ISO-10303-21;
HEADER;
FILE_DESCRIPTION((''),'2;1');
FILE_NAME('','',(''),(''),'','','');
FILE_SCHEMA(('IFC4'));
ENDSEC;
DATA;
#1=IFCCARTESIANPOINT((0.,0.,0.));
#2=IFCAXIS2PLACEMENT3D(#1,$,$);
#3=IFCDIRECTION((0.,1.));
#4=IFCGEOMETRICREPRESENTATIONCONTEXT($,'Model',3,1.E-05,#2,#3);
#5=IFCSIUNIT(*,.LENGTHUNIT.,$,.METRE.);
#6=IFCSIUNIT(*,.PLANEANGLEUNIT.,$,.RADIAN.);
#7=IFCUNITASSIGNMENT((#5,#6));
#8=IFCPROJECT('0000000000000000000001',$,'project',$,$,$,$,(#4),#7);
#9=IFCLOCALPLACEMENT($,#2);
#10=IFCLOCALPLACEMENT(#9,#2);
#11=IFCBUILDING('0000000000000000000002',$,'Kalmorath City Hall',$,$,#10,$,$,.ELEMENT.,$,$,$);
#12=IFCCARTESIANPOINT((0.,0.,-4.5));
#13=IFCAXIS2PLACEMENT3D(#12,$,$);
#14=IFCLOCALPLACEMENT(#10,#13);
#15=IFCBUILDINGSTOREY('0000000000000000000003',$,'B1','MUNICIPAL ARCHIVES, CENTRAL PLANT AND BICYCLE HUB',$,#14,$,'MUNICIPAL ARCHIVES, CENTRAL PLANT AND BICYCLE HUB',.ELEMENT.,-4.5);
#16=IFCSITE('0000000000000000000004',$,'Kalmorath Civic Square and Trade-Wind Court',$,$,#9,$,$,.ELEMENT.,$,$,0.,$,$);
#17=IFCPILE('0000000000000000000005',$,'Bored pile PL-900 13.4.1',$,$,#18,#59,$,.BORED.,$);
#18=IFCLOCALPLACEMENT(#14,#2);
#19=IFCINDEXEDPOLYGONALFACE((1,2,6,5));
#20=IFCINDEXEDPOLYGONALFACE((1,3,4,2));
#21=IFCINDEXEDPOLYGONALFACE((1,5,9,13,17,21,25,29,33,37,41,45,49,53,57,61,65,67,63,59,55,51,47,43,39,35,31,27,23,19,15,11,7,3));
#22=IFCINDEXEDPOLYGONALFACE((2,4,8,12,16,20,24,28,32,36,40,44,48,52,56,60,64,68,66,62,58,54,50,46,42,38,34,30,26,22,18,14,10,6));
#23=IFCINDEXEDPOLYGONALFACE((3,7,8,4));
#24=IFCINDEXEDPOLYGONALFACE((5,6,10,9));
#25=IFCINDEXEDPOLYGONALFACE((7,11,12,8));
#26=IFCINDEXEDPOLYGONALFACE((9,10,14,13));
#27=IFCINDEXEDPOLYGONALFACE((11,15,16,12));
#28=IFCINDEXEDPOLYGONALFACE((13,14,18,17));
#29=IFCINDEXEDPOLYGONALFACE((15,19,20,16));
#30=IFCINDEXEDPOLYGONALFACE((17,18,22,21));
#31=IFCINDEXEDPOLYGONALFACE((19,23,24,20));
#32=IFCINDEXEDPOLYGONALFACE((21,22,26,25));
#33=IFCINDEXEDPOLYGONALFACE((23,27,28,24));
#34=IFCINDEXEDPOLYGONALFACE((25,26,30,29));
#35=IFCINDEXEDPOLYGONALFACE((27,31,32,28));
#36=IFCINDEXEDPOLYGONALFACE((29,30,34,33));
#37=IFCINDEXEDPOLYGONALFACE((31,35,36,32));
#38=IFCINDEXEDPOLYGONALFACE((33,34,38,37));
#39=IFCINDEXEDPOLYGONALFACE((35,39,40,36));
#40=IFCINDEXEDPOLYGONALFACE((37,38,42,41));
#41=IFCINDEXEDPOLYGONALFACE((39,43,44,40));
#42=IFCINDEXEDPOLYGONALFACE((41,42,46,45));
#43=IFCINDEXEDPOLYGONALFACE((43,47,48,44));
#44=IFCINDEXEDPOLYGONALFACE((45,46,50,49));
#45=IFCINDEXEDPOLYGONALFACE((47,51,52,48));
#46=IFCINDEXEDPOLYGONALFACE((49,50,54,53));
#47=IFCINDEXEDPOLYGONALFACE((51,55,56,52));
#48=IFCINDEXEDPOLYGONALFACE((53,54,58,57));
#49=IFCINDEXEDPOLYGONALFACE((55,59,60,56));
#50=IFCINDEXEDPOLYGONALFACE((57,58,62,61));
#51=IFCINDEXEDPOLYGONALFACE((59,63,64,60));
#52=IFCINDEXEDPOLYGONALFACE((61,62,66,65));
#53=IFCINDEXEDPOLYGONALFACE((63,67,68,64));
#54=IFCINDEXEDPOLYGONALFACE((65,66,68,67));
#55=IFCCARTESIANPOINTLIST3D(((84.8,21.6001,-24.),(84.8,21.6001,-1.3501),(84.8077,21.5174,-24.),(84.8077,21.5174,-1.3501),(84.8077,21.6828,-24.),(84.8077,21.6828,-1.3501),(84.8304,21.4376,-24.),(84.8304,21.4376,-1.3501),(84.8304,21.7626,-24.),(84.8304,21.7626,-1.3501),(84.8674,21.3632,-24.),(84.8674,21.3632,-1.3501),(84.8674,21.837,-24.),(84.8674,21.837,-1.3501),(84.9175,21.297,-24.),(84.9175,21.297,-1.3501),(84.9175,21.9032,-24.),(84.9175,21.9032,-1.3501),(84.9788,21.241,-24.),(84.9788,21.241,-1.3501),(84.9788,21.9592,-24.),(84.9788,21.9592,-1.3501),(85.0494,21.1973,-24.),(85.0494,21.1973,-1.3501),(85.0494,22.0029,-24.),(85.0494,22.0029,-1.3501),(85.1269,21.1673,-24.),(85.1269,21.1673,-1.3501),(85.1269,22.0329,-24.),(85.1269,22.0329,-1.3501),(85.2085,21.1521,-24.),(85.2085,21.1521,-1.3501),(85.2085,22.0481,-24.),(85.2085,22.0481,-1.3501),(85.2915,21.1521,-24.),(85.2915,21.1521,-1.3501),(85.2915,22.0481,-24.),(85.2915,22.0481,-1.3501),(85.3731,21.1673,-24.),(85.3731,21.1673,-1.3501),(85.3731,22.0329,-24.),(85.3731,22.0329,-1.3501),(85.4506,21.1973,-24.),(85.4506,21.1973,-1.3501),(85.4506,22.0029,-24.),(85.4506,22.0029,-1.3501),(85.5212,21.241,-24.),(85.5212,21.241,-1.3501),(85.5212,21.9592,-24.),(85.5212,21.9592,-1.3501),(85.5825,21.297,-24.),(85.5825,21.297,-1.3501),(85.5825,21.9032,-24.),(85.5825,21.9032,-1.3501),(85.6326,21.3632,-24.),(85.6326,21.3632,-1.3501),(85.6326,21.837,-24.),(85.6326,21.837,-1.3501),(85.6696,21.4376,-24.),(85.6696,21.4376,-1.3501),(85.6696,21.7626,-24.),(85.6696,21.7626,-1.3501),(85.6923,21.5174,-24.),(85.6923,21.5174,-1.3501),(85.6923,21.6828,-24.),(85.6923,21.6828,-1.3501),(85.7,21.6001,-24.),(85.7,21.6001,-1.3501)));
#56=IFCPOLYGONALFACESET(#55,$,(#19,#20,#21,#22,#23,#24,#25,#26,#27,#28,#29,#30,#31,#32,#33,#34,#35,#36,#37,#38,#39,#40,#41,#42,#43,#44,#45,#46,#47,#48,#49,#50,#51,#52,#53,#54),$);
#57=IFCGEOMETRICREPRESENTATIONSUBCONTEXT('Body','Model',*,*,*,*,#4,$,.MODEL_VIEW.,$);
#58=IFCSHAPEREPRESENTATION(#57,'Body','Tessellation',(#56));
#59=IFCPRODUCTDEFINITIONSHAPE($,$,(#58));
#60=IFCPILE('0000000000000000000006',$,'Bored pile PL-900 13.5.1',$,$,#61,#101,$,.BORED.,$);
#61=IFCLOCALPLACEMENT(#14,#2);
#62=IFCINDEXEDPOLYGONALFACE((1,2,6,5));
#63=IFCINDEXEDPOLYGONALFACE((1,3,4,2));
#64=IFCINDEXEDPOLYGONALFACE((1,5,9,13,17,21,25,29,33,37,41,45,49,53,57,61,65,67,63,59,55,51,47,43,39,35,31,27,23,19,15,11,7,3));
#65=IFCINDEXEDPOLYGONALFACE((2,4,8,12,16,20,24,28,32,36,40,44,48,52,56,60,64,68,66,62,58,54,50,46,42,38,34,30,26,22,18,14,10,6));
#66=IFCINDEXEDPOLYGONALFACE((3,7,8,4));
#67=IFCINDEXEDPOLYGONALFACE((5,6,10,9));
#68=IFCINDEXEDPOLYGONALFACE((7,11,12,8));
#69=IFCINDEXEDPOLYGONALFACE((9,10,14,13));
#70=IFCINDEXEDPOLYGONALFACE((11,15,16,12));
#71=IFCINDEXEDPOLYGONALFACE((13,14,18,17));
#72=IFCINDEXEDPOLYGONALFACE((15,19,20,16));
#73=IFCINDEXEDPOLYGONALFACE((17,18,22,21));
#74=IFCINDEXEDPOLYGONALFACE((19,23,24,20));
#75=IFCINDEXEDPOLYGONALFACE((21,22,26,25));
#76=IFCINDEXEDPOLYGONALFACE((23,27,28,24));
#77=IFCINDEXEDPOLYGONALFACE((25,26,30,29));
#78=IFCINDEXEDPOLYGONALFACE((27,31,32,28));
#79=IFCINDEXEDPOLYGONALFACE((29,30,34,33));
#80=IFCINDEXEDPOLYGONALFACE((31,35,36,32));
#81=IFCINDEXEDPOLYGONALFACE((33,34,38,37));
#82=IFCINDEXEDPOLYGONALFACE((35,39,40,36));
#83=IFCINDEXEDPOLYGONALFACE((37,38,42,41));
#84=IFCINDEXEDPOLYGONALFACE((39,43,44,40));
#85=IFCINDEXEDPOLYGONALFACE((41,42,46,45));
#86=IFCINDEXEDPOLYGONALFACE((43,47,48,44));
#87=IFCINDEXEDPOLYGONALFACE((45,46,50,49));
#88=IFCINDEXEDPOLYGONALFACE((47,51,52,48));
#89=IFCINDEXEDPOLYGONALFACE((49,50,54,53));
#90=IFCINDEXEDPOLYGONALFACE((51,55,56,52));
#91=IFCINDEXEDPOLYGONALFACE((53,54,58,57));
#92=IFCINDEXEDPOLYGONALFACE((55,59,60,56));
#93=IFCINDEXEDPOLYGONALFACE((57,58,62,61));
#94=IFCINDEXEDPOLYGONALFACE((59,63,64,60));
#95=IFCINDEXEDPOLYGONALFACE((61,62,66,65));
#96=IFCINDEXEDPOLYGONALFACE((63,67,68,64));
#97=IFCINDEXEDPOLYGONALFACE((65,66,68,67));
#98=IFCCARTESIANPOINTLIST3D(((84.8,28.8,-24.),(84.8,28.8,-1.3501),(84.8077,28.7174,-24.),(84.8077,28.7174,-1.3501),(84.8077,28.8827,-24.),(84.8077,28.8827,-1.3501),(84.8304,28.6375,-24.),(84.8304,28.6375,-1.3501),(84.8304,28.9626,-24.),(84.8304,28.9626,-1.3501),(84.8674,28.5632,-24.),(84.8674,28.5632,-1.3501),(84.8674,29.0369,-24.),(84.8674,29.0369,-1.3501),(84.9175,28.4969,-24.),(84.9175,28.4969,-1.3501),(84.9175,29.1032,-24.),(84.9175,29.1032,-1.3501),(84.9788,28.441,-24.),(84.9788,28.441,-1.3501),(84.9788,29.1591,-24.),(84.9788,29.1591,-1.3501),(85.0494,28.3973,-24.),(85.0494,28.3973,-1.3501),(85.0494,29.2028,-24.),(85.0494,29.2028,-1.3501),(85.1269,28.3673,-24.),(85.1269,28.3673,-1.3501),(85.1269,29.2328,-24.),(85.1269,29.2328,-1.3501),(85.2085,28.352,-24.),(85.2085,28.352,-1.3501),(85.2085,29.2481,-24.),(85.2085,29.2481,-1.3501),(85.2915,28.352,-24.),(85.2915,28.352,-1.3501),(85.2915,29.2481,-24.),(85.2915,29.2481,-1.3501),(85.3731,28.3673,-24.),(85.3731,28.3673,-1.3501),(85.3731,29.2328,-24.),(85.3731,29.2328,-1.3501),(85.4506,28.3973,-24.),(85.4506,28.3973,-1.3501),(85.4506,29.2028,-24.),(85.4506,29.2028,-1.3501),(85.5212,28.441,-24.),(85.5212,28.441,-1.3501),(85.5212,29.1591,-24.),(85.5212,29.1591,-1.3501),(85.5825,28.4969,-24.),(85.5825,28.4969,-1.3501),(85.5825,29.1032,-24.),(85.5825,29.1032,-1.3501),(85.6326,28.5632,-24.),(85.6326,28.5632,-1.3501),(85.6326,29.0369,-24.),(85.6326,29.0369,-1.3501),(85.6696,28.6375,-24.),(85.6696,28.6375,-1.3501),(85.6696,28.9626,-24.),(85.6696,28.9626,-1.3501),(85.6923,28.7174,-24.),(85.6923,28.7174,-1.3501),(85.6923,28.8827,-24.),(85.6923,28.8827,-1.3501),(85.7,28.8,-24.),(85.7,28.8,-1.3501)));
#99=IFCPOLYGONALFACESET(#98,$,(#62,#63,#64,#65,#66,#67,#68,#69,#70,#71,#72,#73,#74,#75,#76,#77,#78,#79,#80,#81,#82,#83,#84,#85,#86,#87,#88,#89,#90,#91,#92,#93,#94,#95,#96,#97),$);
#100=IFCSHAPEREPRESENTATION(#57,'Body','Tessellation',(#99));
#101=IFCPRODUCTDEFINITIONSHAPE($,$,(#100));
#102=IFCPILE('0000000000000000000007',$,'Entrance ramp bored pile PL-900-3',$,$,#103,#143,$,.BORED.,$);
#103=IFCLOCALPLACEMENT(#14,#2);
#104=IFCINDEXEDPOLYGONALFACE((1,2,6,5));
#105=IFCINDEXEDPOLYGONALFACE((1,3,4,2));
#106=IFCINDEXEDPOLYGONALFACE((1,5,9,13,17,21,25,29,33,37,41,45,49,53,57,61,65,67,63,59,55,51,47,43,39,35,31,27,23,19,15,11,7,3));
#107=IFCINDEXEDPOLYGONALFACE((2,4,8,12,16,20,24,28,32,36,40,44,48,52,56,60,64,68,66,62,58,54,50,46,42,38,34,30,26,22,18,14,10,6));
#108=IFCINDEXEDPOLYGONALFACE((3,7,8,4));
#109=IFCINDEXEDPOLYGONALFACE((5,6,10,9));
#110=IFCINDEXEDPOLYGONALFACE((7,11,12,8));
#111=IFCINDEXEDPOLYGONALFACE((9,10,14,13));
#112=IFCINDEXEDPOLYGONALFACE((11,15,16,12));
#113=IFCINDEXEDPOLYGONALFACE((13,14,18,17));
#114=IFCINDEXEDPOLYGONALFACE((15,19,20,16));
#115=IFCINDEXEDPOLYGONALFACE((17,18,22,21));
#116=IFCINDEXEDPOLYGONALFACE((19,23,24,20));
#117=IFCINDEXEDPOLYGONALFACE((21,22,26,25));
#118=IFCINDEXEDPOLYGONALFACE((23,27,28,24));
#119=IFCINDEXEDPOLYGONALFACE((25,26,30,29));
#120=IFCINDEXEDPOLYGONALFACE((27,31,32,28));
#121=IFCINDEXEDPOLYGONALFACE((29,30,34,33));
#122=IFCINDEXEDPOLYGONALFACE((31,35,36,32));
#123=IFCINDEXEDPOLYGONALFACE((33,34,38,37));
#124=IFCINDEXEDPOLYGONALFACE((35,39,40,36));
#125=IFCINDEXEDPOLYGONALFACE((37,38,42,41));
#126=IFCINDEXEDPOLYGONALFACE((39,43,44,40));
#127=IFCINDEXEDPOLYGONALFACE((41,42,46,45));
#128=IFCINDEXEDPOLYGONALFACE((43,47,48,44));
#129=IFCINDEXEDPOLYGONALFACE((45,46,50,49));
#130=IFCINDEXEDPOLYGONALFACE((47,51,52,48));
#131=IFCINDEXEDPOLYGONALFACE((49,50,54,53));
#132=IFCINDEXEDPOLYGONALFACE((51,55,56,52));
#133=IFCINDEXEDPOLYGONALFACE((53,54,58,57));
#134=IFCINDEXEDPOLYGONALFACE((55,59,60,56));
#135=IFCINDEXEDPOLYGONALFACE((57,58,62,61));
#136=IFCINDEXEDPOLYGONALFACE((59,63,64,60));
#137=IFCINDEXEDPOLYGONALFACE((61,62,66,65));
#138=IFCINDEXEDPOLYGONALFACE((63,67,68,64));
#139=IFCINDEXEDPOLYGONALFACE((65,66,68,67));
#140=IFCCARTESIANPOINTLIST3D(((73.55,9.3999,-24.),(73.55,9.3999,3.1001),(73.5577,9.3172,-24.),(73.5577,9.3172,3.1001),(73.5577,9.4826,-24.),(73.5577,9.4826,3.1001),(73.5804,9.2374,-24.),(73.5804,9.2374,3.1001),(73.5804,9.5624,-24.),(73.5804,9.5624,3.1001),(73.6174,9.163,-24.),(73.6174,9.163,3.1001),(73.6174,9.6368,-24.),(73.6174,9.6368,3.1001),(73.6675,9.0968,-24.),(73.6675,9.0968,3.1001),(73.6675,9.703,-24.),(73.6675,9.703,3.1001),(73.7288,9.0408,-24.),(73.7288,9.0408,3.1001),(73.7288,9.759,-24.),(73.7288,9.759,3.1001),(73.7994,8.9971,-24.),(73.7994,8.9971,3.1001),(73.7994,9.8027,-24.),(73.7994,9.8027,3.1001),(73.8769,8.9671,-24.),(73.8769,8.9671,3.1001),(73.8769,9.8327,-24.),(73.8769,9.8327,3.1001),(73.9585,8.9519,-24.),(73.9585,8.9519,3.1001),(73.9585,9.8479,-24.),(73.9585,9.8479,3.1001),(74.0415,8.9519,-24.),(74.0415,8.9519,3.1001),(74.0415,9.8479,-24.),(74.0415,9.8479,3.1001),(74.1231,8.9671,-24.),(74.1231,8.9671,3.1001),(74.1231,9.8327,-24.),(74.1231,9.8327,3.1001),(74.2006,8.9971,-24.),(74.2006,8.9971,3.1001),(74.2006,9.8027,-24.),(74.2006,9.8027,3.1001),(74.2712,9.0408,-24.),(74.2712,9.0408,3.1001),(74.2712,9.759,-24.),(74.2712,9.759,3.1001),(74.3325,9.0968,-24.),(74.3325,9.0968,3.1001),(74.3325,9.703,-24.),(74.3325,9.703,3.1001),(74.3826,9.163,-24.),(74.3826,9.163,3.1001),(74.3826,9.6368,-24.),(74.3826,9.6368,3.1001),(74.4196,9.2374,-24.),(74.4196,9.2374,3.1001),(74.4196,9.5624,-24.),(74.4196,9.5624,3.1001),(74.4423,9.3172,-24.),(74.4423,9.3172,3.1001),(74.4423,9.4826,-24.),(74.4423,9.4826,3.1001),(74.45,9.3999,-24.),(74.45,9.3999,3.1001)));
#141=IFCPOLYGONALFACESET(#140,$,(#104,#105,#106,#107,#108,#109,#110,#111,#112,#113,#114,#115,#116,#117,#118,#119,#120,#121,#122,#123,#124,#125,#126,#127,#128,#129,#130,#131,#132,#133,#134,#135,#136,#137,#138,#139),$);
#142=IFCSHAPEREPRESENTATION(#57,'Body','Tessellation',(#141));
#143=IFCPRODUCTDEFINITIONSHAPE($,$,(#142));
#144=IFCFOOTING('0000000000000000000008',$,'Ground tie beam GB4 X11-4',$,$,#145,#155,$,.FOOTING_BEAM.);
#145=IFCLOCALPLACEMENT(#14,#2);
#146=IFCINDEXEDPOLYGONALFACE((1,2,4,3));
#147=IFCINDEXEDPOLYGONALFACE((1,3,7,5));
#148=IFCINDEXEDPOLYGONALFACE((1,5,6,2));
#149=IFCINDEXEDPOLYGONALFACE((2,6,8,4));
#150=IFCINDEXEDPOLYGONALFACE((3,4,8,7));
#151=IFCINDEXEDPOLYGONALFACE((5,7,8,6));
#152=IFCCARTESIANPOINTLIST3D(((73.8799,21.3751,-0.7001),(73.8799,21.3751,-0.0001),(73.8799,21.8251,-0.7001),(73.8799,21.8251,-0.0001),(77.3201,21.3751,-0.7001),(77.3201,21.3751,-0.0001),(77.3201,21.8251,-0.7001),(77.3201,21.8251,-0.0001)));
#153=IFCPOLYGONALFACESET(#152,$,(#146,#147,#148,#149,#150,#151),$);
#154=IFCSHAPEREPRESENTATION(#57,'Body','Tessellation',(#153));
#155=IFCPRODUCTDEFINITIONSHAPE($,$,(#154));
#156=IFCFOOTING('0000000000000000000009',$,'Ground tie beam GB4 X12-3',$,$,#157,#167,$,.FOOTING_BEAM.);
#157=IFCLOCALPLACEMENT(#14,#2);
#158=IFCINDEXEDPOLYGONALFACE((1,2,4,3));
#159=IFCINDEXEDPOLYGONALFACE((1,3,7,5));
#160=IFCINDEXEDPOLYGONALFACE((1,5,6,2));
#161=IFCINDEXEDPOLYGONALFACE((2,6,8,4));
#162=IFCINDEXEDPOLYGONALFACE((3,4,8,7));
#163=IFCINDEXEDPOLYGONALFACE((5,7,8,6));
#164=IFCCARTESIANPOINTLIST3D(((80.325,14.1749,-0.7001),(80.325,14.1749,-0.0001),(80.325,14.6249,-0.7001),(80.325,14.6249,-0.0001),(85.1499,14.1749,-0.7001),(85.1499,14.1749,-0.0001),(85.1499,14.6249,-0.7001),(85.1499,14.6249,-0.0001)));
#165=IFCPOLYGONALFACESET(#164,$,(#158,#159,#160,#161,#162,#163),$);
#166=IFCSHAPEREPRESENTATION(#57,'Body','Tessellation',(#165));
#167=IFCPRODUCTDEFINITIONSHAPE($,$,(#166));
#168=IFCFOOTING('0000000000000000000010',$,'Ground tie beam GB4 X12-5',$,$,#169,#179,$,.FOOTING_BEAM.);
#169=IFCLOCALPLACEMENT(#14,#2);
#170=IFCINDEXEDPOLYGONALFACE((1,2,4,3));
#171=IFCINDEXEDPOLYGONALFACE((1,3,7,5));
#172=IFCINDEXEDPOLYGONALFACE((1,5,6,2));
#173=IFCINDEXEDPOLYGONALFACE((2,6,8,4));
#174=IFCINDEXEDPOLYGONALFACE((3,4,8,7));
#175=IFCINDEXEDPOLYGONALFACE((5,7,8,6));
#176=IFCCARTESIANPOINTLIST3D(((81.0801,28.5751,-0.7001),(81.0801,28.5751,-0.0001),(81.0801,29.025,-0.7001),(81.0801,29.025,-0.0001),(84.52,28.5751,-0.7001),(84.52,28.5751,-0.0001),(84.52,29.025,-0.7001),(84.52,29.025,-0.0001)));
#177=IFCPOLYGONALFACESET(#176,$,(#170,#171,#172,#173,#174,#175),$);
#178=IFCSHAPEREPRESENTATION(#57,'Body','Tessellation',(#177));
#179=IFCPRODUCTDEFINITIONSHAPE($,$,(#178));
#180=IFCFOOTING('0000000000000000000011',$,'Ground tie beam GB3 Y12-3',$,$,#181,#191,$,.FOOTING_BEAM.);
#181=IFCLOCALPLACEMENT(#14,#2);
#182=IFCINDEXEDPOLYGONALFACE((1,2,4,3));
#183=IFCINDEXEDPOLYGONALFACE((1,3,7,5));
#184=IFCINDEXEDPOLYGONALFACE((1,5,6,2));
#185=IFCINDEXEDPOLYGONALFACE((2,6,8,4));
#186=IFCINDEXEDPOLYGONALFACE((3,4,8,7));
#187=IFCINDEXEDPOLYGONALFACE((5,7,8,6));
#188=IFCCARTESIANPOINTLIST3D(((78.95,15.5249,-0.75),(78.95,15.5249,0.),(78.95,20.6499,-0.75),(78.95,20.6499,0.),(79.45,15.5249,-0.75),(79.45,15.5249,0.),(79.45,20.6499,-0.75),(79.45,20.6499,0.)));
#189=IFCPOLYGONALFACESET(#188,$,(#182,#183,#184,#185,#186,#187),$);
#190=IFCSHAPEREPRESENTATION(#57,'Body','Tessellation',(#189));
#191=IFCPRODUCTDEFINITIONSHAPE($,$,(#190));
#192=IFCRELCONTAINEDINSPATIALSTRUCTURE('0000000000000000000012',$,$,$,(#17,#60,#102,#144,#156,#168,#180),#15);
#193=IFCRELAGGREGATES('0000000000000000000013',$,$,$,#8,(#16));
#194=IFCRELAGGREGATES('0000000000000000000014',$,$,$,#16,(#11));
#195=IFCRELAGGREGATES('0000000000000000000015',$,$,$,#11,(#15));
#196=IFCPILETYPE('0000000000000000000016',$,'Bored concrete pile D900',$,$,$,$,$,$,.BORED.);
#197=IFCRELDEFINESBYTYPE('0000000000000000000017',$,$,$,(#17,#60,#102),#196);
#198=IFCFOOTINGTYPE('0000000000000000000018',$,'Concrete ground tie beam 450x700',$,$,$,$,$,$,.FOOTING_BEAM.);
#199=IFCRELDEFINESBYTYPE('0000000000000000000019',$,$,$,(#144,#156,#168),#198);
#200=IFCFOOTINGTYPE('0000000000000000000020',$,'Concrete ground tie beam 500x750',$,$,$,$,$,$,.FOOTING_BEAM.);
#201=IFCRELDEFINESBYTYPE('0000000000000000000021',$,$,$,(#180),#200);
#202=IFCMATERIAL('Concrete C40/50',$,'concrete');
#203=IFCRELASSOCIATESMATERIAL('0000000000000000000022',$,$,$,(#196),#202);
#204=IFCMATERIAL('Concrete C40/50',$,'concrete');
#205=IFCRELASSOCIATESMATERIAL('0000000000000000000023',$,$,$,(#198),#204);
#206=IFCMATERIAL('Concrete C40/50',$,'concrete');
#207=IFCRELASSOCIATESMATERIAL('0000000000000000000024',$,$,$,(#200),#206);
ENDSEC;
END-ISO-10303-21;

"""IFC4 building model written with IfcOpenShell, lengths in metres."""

from ifc_helpers import new_model, si_unit, direction, frame, origin, origin_2d, place, context, subcontext, project, spatial, rectangle, circle, extrude, material, material_profile, profile_set, type_object, element, save


model = new_model("IFC4")

# Units and contexts
model_context = context("Model", 3, precision=1e-05, world=origin(), true_north=direction((0.0, 1.0)))
body_context = subcontext(model_context, "Body", "Model", "MODEL_VIEW")
ifc_project = project(units=[si_unit("LENGTHUNIT", "METRE"), si_unit("PLANEANGLEUNIT", "RADIAN")], contexts=[model_context])

# Site, building, storey
site_placement = place(None, origin())
site = spatial("IfcSite", under=ifc_project, at=site_placement, Name="Kalmorath Civic Square and Trade-Wind Court", CompositionType="ELEMENT", RefElevation=0.0)
building_placement = place(site_placement, origin())
building = spatial("IfcBuilding", under=site, at=building_placement, Name="Kalmorath City Hall", CompositionType="ELEMENT")
storey_placement = place(building_placement, frame((0.0, 0.0, -4.5)))
storey = spatial("IfcBuildingStorey", under=building, at=storey_placement, Name="B1", Description="MUNICIPAL ARCHIVES, CENTRAL PLANT AND BICYCLE HUB", LongName="MUNICIPAL ARCHIVES, CENTRAL PLANT AND BICYCLE HUB", CompositionType="ELEMENT", Elevation=-4.5)

# Piles
ifc_material_1 = material(Name="Concrete C40/50", Category="concrete")
ifc_material_profile_1 = material_profile(ifc_material_1, circle(Radius=0.45, at=origin_2d()), Name="PILE-D900")
ifc_profile_set_1 = profile_set([ifc_material_profile_1], Name="Concrete C40/50")
pile_type = type_object("IfcPileType", Name="Bored concrete pile D900", PredefinedType="BORED", material=ifc_profile_set_1)
for number, where, z_axis, x_axis, name in (
    (1, (85.25, 21.6001, -1.3501), (0.0, 0.0, -1.0), (1.0, 0.0, 0.0), "Bored pile PL-900 13.4.1"),
    (2, (85.25, 28.8, -1.3501), (0.0, 0.0, -1.0), (1.0, 0.0, 0.0), "Bored pile PL-900 13.5.1"),
):
    element("IfcPile", number, at=place(storey_placement, frame(where, z_axis=z_axis, x_axis=x_axis)), inside=storey, type_object=pile_type, Name=name, PredefinedType="BORED", context=body_context, shape_type="SweptSolid", body=[
        extrude(circle(Radius=0.45, at=origin_2d()), origin(), (0.0, 0.0, 1.0), 22.6499),
    ])
pile_1_placement = place(storey_placement, frame((74.0, 9.3999, 3.1001), z_axis=(0.0, 0.0, -1.0), x_axis=(1.0, 0.0, 0.0)))
element("IfcPile", 3, at=pile_1_placement, inside=storey, type_object=pile_type, Name="Entrance ramp bored pile PL-900-3", PredefinedType="BORED", context=body_context, shape_type="SweptSolid", body=[
    extrude(circle(Radius=0.45, at=origin_2d()), origin(), (0.0, 0.0, 1.0), 27.1001),
])

# Footings
ifc_material_2 = material(Name="Concrete C40/50", Category="concrete")
ifc_material_profile_2 = material_profile(ifc_material_2, rectangle(XDim=0.45, YDim=0.7, at=origin_2d()), Name="RC-BM-450X700")
ifc_profile_set_2 = profile_set([ifc_material_profile_2], Name="Concrete C40/50")
footing_type_1 = type_object("IfcFootingType", Name="Concrete ground tie beam 450x700", PredefinedType="FOOTING_BEAM", material=ifc_profile_set_2)
footing_1_placement = place(storey_placement, frame((73.8799, 21.6001, -0.3501), z_axis=(1.0, 0.0, 0.0), x_axis=(0.0, 1.0, 0.0)))
element("IfcFooting", 4, at=footing_1_placement, inside=storey, type_object=footing_type_1, Name="Ground tie beam GB4 X11-4", PredefinedType="FOOTING_BEAM", context=body_context, shape_type="SweptSolid", body=[
    extrude(rectangle(XDim=0.45, YDim=0.7, at=origin_2d()), origin(), (0.0, 0.0, 1.0), 3.4402),
])
footing_2_placement = place(storey_placement, frame((80.325, 14.3999, -0.3501), z_axis=(1.0, 0.0, 0.0), x_axis=(0.0, 1.0, 0.0)))
element("IfcFooting", 5, at=footing_2_placement, inside=storey, type_object=footing_type_1, Name="Ground tie beam GB4 X12-3", PredefinedType="FOOTING_BEAM", context=body_context, shape_type="SweptSolid", body=[
    extrude(rectangle(XDim=0.45, YDim=0.7, at=origin_2d()), origin(), (0.0, 0.0, 1.0), 4.825),
])
footing_3_placement = place(storey_placement, frame((81.0801, 28.8, -0.3501), z_axis=(1.0, 0.0, 0.0), x_axis=(0.0, 1.0, 0.0)))
element("IfcFooting", 6, at=footing_3_placement, inside=storey, type_object=footing_type_1, Name="Ground tie beam GB4 X12-5", PredefinedType="FOOTING_BEAM", context=body_context, shape_type="SweptSolid", body=[
    extrude(rectangle(XDim=0.45, YDim=0.7, at=origin_2d()), origin(), (0.0, 0.0, 1.0), 3.4399),
])
ifc_material_3 = material(Name="Concrete C40/50", Category="concrete")
ifc_material_profile_3 = material_profile(ifc_material_3, rectangle(XDim=0.5, YDim=0.75, at=origin_2d()), Name="RC-BM-500X750")
ifc_profile_set_3 = profile_set([ifc_material_profile_3], Name="Concrete C40/50")
footing_type_2 = type_object("IfcFootingType", Name="Concrete ground tie beam 500x750", PredefinedType="FOOTING_BEAM", material=ifc_profile_set_3)
footing_4_placement = place(storey_placement, frame((79.2, 15.5249, -0.375), z_axis=(0.0, 1.0, 0.0), x_axis=(-1.0, 0.0, 0.0)))
element("IfcFooting", 7, at=footing_4_placement, inside=storey, type_object=footing_type_2, Name="Ground tie beam GB3 Y12-3", PredefinedType="FOOTING_BEAM", context=body_context, shape_type="SweptSolid", body=[
    extrude(rectangle(XDim=0.5, YDim=0.75, at=origin_2d()), origin(), (0.0, 0.0, 1.0), 5.125),
])

save(model, "model.ifc")
